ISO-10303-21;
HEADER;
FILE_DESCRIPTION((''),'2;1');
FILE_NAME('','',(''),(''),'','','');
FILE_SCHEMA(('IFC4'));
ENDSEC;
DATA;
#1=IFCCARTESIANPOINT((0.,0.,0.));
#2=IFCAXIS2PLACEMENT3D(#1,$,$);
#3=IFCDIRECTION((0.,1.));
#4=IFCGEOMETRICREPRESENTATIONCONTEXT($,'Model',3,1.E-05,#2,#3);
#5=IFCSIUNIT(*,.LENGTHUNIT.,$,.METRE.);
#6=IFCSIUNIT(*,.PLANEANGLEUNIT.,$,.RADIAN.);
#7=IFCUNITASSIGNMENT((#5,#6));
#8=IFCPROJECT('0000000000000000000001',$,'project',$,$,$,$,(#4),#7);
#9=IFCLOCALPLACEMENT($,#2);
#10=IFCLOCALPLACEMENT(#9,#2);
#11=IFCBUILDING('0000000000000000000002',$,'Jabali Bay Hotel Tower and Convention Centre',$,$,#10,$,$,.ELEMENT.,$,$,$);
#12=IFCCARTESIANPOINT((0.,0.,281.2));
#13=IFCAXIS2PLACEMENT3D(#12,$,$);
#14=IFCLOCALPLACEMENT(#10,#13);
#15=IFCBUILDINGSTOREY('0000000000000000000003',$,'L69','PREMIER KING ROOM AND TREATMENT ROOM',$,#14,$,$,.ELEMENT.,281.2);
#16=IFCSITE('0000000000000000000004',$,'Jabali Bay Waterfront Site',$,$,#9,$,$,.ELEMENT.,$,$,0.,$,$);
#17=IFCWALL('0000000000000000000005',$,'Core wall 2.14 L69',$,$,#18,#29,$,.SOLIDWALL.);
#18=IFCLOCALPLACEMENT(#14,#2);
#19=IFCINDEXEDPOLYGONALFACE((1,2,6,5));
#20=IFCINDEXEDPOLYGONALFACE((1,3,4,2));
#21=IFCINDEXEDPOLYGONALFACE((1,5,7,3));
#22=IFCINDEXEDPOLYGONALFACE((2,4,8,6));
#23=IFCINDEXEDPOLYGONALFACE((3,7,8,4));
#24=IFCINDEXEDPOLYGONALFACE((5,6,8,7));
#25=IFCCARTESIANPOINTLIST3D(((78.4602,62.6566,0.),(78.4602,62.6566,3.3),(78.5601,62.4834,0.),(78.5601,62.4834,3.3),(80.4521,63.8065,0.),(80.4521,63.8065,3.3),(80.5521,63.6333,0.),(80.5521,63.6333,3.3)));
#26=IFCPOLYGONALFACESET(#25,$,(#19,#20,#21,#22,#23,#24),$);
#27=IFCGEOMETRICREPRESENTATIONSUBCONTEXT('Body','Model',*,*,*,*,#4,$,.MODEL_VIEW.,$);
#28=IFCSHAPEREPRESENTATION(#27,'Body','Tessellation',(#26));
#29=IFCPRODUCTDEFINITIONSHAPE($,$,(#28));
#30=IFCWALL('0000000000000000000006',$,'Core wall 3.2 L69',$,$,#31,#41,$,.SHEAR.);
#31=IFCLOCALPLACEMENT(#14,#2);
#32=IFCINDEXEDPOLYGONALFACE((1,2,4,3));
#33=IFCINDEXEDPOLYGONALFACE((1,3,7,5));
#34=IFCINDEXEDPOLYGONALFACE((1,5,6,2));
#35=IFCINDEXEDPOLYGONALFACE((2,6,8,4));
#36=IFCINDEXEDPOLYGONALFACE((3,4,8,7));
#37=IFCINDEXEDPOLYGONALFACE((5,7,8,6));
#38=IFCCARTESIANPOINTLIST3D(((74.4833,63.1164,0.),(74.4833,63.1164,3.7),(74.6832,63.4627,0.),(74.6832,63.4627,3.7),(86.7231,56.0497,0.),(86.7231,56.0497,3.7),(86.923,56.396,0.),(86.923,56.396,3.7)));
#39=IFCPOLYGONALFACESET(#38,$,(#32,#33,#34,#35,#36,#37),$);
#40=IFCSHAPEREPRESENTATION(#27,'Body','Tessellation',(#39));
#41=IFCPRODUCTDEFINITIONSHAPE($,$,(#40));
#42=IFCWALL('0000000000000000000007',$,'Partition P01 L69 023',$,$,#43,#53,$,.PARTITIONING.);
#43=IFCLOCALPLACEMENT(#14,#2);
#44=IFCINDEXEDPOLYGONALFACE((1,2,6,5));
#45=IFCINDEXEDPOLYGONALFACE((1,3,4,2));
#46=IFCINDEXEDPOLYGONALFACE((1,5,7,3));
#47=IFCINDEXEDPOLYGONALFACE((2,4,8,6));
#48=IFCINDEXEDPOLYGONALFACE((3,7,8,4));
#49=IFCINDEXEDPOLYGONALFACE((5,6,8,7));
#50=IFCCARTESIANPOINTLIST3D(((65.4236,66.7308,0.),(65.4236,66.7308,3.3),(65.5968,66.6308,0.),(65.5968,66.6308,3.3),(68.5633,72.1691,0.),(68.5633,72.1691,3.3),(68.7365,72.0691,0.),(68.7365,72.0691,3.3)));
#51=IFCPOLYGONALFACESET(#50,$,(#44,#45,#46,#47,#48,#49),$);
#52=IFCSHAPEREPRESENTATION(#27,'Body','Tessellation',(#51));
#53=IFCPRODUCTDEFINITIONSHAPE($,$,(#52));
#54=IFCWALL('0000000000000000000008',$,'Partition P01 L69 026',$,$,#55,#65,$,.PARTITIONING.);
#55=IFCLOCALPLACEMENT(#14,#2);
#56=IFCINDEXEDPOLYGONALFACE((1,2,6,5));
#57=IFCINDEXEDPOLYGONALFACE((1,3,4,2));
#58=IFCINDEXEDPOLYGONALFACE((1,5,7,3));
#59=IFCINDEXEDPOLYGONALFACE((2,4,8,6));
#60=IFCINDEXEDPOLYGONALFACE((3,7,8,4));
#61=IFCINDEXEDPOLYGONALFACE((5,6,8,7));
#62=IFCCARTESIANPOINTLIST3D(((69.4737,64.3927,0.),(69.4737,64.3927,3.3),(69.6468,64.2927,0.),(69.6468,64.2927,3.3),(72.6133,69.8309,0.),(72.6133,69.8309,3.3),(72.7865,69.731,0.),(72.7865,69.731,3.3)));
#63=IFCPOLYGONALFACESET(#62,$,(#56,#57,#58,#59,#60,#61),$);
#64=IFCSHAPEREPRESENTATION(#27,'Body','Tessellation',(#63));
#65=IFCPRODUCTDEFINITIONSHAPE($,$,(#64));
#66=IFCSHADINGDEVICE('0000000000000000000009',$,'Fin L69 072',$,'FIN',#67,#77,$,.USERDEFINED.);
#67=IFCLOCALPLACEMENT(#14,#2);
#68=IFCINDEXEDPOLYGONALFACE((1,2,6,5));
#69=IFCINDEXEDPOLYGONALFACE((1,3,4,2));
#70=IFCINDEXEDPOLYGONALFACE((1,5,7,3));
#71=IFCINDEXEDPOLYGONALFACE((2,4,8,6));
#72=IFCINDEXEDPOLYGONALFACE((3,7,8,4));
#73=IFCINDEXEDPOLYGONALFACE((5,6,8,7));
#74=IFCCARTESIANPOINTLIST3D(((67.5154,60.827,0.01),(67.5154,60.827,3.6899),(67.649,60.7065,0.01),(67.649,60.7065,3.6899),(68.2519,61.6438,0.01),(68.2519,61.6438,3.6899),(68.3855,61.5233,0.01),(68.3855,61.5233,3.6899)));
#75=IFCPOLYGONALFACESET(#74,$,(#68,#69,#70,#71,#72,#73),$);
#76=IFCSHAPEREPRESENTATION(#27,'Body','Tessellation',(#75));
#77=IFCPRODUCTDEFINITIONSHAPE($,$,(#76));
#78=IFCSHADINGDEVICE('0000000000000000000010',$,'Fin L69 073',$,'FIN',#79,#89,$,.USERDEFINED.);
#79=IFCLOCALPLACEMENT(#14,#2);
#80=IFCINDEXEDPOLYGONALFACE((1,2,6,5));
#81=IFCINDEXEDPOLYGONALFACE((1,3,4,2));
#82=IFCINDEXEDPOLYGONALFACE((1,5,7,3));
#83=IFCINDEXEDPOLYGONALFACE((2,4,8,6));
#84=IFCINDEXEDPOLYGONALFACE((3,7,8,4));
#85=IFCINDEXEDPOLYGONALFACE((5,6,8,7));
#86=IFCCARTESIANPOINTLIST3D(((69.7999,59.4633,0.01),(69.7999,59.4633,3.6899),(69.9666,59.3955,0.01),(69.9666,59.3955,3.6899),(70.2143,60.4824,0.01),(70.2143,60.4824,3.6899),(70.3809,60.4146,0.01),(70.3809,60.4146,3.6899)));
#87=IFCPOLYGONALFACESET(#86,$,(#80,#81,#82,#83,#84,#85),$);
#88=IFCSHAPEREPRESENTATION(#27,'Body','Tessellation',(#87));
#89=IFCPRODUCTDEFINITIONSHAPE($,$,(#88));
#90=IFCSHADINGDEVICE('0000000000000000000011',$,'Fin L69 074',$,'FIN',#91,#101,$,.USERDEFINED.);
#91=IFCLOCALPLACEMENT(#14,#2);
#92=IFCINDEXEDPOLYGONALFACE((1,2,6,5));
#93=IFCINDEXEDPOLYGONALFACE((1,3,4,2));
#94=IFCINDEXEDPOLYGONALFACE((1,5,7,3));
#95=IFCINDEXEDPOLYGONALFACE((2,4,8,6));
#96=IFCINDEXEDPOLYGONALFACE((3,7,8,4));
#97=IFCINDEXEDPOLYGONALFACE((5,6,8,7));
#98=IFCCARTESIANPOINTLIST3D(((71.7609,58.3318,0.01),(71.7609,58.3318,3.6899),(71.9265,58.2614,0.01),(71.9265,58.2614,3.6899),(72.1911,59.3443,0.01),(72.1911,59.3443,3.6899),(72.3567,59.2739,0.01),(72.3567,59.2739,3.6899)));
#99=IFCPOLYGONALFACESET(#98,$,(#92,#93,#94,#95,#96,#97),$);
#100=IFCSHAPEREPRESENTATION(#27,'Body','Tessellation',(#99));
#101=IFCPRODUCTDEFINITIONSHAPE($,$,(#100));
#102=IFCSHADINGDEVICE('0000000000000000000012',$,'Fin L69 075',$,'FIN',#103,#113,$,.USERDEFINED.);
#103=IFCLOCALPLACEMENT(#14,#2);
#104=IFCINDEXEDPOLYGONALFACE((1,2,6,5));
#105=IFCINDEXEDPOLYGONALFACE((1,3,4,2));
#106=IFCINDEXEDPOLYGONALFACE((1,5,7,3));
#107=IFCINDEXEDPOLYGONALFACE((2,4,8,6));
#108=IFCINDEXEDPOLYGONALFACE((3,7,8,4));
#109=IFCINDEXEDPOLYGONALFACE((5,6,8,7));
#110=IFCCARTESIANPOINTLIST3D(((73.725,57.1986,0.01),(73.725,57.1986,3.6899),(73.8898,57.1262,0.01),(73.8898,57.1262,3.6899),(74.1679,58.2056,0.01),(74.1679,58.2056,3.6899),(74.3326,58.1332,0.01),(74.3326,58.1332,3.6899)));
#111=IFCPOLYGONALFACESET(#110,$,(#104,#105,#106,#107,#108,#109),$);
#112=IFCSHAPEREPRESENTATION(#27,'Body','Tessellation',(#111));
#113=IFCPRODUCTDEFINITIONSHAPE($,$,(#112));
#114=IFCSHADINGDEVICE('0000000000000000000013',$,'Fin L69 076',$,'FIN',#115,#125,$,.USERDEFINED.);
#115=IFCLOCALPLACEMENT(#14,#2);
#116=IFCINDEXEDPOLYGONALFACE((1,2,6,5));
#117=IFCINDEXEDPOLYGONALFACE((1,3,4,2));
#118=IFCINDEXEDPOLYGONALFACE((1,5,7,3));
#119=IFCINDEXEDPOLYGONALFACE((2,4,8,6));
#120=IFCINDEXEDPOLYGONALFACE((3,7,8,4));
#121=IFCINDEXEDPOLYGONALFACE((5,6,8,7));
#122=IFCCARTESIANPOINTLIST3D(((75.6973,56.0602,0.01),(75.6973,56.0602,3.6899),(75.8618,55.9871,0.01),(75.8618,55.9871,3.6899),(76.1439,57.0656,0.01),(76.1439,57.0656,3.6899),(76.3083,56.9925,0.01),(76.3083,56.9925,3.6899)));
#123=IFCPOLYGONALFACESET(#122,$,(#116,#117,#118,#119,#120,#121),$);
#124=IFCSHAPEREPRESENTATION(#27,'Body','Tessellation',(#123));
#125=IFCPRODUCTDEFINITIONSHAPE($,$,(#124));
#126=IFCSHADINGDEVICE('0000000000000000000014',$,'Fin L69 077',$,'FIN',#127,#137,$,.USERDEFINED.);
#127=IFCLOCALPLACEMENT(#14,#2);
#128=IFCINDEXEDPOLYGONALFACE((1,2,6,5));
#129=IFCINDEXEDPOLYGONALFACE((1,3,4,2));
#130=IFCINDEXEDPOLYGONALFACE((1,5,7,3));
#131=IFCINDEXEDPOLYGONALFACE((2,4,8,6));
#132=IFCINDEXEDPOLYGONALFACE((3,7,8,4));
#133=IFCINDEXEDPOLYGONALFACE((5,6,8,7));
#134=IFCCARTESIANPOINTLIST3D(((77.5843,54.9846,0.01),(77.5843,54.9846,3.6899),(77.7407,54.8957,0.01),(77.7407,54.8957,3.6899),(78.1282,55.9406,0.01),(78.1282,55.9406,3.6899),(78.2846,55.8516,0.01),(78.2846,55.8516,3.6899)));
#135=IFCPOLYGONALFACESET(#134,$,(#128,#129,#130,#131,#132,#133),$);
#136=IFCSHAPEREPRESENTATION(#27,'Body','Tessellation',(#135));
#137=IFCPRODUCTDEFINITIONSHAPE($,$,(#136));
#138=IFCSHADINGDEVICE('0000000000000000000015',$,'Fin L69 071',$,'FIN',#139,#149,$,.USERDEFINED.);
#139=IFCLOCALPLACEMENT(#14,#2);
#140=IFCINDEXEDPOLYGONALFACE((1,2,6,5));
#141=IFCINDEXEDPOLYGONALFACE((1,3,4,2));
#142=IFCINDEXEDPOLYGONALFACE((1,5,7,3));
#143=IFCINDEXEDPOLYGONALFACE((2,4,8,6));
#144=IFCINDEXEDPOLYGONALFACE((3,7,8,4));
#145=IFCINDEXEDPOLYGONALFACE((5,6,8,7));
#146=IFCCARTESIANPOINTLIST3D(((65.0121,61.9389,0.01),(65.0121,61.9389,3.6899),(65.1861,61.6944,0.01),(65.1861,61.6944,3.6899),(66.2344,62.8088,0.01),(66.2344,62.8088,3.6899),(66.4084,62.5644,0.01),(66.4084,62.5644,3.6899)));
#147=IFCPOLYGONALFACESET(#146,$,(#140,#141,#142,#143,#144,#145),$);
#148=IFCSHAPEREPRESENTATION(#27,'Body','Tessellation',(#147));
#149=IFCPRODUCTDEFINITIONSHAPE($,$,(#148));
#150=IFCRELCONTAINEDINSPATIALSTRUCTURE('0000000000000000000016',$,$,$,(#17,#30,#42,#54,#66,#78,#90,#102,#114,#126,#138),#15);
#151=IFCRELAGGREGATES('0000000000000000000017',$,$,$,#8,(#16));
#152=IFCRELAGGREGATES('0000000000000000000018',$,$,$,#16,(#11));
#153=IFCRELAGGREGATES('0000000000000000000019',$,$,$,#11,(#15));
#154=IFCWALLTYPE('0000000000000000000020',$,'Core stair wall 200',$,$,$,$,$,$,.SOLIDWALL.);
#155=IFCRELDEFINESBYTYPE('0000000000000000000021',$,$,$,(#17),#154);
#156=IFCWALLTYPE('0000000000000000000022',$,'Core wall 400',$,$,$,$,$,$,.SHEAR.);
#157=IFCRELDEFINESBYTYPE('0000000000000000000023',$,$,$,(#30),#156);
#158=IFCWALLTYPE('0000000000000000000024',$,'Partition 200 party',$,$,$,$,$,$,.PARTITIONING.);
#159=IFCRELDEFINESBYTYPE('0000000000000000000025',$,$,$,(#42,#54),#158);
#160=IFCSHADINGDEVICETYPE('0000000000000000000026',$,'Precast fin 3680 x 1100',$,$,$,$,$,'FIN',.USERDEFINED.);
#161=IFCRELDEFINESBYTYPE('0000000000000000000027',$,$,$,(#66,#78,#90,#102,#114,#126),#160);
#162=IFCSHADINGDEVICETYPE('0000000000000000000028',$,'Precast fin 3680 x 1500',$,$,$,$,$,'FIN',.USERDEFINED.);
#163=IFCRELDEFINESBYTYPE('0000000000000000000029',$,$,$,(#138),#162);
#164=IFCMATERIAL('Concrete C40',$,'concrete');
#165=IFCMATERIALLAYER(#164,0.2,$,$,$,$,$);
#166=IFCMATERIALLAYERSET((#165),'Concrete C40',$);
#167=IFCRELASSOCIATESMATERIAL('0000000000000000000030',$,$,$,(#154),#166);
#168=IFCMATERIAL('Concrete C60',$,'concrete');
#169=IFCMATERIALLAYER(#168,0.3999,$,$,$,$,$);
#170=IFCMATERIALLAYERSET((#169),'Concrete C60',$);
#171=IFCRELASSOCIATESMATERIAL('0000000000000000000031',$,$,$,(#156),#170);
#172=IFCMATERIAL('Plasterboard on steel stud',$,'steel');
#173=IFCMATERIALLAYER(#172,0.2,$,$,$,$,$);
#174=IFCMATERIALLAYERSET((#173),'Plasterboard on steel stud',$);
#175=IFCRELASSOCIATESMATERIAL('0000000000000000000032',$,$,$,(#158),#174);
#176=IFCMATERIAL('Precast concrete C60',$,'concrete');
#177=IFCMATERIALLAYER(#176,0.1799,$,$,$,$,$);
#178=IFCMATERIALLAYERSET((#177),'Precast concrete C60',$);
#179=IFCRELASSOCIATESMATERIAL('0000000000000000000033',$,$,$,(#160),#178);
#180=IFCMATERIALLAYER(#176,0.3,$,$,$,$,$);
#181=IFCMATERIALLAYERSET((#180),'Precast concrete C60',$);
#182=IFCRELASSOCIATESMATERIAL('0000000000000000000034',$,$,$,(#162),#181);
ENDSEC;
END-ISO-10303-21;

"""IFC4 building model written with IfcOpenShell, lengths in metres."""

from ifc_helpers import new_model, si_unit, direction, frame, frame_2d, origin, place, context, subcontext, project, spatial, rectangle, extrude, material, layer, layer_set, type_object, element, save


model = new_model("IFC4")

# Units and contexts
model_context = context("Model", 3, precision=1e-05, world=origin(), true_north=direction((0.0, 1.0)))
body_context = subcontext(model_context, "Body", "Model", "MODEL_VIEW")
ifc_project = project(units=[si_unit("LENGTHUNIT", "METRE"), si_unit("PLANEANGLEUNIT", "RADIAN")], contexts=[model_context])

# Site, building, storey
site_placement = place(None, origin())
site = spatial("IfcSite", under=ifc_project, at=site_placement, Name="Jabali Bay Waterfront Site", CompositionType="ELEMENT", RefElevation=0.0)
building_placement = place(site_placement, origin())
building = spatial("IfcBuilding", under=site, at=building_placement, Name="Jabali Bay Hotel Tower and Convention Centre", CompositionType="ELEMENT")
storey_placement = place(building_placement, frame((0.0, 0.0, 281.2)))
storey = spatial("IfcBuildingStorey", under=building, at=storey_placement, Name="L69", Description="PREMIER KING ROOM AND TREATMENT ROOM", CompositionType="ELEMENT", Elevation=281.2)

# Shared definitions
ifc_material_1 = material(Name="Concrete C60", Category="concrete")

# Shared definitions
ifc_material_2 = material(Name="Concrete C40", Category="concrete")

# Shared definitions
ifc_layer_1 = layer(ifc_material_2, 0.2)
ifc_layer_set_1 = layer_set([ifc_layer_1], Name="Concrete C40")
wall_type_1 = type_object("IfcWallType", Name="Core stair wall 200", PredefinedType="SOLIDWALL", material=ifc_layer_set_1)

# Walls
wall_1_placement = place(storey_placement, frame((78.5103, 62.5701, 0.0), z_axis=(0.0, 0.0, 1.0), x_axis=(0.866053, 0.499952, 0.0)))
element("IfcWall", 1, at=wall_1_placement, inside=storey, type_object=wall_type_1, Name="Core wall 2.14 L69", PredefinedType="SOLIDWALL", context=body_context, shape_type="SweptSolid", body=[
    extrude(rectangle(XDim=2.3, YDim=0.2, at=frame_2d((1.1499, 0.0))), origin(), (0.0, 0.0, 1.0), 3.3),
])
ifc_layer_2 = layer(ifc_material_1, 0.3999)
ifc_layer_set_2 = layer_set([ifc_layer_2], Name="Concrete C60")
wall_type_2 = type_object("IfcWallType", Name="Core wall 400", PredefinedType="SHEAR", material=ifc_layer_set_2)
wall_2_placement = place(storey_placement, frame((74.5833, 63.2896, 0.0), z_axis=(0.0, 0.0, 1.0), x_axis=(0.866024, -0.500002, 0.0)))
element("IfcWall", 2, at=wall_2_placement, inside=storey, type_object=wall_type_2, Name="Core wall 3.2 L69", PredefinedType="SHEAR", context=body_context, shape_type="SweptSolid", body=[
    extrude(rectangle(XDim=14.1333, YDim=0.3999, at=frame_2d((7.0667, 0.0))), origin(), (0.0, 0.0, 1.0), 3.7),
])
ifc_material_3 = material(Name="Plasterboard on steel stud", Category="steel")
ifc_layer_3 = layer(ifc_material_3, 0.2)
ifc_layer_set_3 = layer_set([ifc_layer_3], Name="Plasterboard on steel stud")
wall_type_3 = type_object("IfcWallType", Name="Partition 200 party", PredefinedType="PARTITIONING", material=ifc_layer_set_3)
for number, where, z_axis, x_axis, name in (
    (3, (65.5103, 66.6809, 0.0), (0.0, 0.0, 1.0), (0.499986, 0.866033, 0.0), "Partition P01 L69 023"),
    (4, (69.5603, 64.3428, 0.0), (0.0, 0.0, 1.0), (0.499986, 0.866033, 0.0), "Partition P01 L69 026"),
):
    element("IfcWall", number, at=place(storey_placement, frame(where, z_axis=z_axis, x_axis=x_axis)), inside=storey, type_object=wall_type_3, Name=name, PredefinedType="PARTITIONING", context=body_context, shape_type="SweptSolid", body=[
        extrude(rectangle(XDim=6.2795, YDim=0.2, at=frame_2d((3.1396, 0.0))), origin(), (0.0, 0.0, 1.0), 3.3),
    ])

# Shading devices
ifc_material_4 = material(Name="Precast concrete C60", Category="concrete")
ifc_layer_4 = layer(ifc_material_4, 0.1799)
ifc_layer_set_4 = layer_set([ifc_layer_4], Name="Precast concrete C60")
shading_device_type_1 = type_object("IfcShadingDeviceType", Name="Precast fin 3680 x 1100", ElementType="FIN", PredefinedType="USERDEFINED", material=ifc_layer_set_4)
shading_device_1_placement = place(storey_placement, frame((68.3186, 61.5835, 0.01), z_axis=(0.0, 0.0, 1.0), x_axis=(-0.669651, -0.742676, 0.0)))
element("IfcShadingDevice", 5, at=shading_device_1_placement, inside=storey, type_object=shading_device_type_1, Name="Fin L69 072", ObjectType="FIN", PredefinedType="USERDEFINED", context=body_context, shape_type="SweptSolid", body=[
    extrude(rectangle(XDim=1.0999, YDim=0.1799, at=frame_2d((0.5498, 0.0))), origin(), (0.0, 0.0, 1.0), 3.6799),
])
for number, where, z_axis, x_axis, name in (
    (6, (70.2976, 60.4485, 0.01), (0.0, 0.0, 1.0), (-0.376627, -0.926365, 0.0), "Fin L69 073"),
    (7, (72.2739, 59.3091, 0.01), (0.0, 0.0, 1.0), (-0.391051, -0.920369, 0.0), "Fin L69 074"),
    (8, (74.2502, 58.1694, 0.01), (0.0, 0.0, 1.0), (-0.402553, -0.915397, 0.0), "Fin L69 075"),
    (9, (76.2261, 57.0291, 0.01), (0.0, 0.0, 1.0), (-0.405912, -0.913912, 0.0), "Fin L69 076"),
):
    element("IfcShadingDevice", number, at=place(storey_placement, frame(where, z_axis=z_axis, x_axis=x_axis)), inside=storey, type_object=shading_device_type_1, Name=name, ObjectType="FIN", PredefinedType="USERDEFINED", context=body_context, shape_type="SweptSolid", body=[
        extrude(rectangle(XDim=1.1001, YDim=0.1799, at=frame_2d((0.55, 0.0))), origin(), (0.0, 0.0, 1.0), 3.6799),
    ])
shading_device_2_placement = place(storey_placement, frame((78.2063, 55.896, 0.01), z_axis=(0.0, 0.0, 1.0), x_axis=(-0.494513, -0.86917, 0.0)))
element("IfcShadingDevice", 10, at=shading_device_2_placement, inside=storey, type_object=shading_device_type_1, Name="Fin L69 077", ObjectType="FIN", PredefinedType="USERDEFINED", context=body_context, shape_type="SweptSolid", body=[
    extrude(rectangle(XDim=1.0999, YDim=0.1799, at=frame_2d((0.5498, 0.0))), origin(), (0.0, 0.0, 1.0), 3.6799),
])
ifc_layer_5 = layer(ifc_material_4, 0.3)
ifc_layer_set_5 = layer_set([ifc_layer_5], Name="Precast concrete C60")
shading_device_type_2 = type_object("IfcShadingDeviceType", Name="Precast fin 3680 x 1500", ElementType="FIN", PredefinedType="USERDEFINED", material=ifc_layer_set_5)
shading_device_3_placement = place(storey_placement, frame((66.3213, 62.6865, 0.01), z_axis=(0.0, 0.0, 1.0), x_axis=(-0.814711, -0.579867, 0.0)))
element("IfcShadingDevice", 11, at=shading_device_3_placement, inside=storey, type_object=shading_device_type_2, Name="Fin L69 071", ObjectType="FIN", PredefinedType="USERDEFINED", context=body_context, shape_type="SweptSolid", body=[
    extrude(rectangle(XDim=1.5002, YDim=0.3, at=frame_2d((0.75, 0.0))), origin(), (0.0, 0.0, 1.0), 3.6799),
])

save(model, "model.ifc")
